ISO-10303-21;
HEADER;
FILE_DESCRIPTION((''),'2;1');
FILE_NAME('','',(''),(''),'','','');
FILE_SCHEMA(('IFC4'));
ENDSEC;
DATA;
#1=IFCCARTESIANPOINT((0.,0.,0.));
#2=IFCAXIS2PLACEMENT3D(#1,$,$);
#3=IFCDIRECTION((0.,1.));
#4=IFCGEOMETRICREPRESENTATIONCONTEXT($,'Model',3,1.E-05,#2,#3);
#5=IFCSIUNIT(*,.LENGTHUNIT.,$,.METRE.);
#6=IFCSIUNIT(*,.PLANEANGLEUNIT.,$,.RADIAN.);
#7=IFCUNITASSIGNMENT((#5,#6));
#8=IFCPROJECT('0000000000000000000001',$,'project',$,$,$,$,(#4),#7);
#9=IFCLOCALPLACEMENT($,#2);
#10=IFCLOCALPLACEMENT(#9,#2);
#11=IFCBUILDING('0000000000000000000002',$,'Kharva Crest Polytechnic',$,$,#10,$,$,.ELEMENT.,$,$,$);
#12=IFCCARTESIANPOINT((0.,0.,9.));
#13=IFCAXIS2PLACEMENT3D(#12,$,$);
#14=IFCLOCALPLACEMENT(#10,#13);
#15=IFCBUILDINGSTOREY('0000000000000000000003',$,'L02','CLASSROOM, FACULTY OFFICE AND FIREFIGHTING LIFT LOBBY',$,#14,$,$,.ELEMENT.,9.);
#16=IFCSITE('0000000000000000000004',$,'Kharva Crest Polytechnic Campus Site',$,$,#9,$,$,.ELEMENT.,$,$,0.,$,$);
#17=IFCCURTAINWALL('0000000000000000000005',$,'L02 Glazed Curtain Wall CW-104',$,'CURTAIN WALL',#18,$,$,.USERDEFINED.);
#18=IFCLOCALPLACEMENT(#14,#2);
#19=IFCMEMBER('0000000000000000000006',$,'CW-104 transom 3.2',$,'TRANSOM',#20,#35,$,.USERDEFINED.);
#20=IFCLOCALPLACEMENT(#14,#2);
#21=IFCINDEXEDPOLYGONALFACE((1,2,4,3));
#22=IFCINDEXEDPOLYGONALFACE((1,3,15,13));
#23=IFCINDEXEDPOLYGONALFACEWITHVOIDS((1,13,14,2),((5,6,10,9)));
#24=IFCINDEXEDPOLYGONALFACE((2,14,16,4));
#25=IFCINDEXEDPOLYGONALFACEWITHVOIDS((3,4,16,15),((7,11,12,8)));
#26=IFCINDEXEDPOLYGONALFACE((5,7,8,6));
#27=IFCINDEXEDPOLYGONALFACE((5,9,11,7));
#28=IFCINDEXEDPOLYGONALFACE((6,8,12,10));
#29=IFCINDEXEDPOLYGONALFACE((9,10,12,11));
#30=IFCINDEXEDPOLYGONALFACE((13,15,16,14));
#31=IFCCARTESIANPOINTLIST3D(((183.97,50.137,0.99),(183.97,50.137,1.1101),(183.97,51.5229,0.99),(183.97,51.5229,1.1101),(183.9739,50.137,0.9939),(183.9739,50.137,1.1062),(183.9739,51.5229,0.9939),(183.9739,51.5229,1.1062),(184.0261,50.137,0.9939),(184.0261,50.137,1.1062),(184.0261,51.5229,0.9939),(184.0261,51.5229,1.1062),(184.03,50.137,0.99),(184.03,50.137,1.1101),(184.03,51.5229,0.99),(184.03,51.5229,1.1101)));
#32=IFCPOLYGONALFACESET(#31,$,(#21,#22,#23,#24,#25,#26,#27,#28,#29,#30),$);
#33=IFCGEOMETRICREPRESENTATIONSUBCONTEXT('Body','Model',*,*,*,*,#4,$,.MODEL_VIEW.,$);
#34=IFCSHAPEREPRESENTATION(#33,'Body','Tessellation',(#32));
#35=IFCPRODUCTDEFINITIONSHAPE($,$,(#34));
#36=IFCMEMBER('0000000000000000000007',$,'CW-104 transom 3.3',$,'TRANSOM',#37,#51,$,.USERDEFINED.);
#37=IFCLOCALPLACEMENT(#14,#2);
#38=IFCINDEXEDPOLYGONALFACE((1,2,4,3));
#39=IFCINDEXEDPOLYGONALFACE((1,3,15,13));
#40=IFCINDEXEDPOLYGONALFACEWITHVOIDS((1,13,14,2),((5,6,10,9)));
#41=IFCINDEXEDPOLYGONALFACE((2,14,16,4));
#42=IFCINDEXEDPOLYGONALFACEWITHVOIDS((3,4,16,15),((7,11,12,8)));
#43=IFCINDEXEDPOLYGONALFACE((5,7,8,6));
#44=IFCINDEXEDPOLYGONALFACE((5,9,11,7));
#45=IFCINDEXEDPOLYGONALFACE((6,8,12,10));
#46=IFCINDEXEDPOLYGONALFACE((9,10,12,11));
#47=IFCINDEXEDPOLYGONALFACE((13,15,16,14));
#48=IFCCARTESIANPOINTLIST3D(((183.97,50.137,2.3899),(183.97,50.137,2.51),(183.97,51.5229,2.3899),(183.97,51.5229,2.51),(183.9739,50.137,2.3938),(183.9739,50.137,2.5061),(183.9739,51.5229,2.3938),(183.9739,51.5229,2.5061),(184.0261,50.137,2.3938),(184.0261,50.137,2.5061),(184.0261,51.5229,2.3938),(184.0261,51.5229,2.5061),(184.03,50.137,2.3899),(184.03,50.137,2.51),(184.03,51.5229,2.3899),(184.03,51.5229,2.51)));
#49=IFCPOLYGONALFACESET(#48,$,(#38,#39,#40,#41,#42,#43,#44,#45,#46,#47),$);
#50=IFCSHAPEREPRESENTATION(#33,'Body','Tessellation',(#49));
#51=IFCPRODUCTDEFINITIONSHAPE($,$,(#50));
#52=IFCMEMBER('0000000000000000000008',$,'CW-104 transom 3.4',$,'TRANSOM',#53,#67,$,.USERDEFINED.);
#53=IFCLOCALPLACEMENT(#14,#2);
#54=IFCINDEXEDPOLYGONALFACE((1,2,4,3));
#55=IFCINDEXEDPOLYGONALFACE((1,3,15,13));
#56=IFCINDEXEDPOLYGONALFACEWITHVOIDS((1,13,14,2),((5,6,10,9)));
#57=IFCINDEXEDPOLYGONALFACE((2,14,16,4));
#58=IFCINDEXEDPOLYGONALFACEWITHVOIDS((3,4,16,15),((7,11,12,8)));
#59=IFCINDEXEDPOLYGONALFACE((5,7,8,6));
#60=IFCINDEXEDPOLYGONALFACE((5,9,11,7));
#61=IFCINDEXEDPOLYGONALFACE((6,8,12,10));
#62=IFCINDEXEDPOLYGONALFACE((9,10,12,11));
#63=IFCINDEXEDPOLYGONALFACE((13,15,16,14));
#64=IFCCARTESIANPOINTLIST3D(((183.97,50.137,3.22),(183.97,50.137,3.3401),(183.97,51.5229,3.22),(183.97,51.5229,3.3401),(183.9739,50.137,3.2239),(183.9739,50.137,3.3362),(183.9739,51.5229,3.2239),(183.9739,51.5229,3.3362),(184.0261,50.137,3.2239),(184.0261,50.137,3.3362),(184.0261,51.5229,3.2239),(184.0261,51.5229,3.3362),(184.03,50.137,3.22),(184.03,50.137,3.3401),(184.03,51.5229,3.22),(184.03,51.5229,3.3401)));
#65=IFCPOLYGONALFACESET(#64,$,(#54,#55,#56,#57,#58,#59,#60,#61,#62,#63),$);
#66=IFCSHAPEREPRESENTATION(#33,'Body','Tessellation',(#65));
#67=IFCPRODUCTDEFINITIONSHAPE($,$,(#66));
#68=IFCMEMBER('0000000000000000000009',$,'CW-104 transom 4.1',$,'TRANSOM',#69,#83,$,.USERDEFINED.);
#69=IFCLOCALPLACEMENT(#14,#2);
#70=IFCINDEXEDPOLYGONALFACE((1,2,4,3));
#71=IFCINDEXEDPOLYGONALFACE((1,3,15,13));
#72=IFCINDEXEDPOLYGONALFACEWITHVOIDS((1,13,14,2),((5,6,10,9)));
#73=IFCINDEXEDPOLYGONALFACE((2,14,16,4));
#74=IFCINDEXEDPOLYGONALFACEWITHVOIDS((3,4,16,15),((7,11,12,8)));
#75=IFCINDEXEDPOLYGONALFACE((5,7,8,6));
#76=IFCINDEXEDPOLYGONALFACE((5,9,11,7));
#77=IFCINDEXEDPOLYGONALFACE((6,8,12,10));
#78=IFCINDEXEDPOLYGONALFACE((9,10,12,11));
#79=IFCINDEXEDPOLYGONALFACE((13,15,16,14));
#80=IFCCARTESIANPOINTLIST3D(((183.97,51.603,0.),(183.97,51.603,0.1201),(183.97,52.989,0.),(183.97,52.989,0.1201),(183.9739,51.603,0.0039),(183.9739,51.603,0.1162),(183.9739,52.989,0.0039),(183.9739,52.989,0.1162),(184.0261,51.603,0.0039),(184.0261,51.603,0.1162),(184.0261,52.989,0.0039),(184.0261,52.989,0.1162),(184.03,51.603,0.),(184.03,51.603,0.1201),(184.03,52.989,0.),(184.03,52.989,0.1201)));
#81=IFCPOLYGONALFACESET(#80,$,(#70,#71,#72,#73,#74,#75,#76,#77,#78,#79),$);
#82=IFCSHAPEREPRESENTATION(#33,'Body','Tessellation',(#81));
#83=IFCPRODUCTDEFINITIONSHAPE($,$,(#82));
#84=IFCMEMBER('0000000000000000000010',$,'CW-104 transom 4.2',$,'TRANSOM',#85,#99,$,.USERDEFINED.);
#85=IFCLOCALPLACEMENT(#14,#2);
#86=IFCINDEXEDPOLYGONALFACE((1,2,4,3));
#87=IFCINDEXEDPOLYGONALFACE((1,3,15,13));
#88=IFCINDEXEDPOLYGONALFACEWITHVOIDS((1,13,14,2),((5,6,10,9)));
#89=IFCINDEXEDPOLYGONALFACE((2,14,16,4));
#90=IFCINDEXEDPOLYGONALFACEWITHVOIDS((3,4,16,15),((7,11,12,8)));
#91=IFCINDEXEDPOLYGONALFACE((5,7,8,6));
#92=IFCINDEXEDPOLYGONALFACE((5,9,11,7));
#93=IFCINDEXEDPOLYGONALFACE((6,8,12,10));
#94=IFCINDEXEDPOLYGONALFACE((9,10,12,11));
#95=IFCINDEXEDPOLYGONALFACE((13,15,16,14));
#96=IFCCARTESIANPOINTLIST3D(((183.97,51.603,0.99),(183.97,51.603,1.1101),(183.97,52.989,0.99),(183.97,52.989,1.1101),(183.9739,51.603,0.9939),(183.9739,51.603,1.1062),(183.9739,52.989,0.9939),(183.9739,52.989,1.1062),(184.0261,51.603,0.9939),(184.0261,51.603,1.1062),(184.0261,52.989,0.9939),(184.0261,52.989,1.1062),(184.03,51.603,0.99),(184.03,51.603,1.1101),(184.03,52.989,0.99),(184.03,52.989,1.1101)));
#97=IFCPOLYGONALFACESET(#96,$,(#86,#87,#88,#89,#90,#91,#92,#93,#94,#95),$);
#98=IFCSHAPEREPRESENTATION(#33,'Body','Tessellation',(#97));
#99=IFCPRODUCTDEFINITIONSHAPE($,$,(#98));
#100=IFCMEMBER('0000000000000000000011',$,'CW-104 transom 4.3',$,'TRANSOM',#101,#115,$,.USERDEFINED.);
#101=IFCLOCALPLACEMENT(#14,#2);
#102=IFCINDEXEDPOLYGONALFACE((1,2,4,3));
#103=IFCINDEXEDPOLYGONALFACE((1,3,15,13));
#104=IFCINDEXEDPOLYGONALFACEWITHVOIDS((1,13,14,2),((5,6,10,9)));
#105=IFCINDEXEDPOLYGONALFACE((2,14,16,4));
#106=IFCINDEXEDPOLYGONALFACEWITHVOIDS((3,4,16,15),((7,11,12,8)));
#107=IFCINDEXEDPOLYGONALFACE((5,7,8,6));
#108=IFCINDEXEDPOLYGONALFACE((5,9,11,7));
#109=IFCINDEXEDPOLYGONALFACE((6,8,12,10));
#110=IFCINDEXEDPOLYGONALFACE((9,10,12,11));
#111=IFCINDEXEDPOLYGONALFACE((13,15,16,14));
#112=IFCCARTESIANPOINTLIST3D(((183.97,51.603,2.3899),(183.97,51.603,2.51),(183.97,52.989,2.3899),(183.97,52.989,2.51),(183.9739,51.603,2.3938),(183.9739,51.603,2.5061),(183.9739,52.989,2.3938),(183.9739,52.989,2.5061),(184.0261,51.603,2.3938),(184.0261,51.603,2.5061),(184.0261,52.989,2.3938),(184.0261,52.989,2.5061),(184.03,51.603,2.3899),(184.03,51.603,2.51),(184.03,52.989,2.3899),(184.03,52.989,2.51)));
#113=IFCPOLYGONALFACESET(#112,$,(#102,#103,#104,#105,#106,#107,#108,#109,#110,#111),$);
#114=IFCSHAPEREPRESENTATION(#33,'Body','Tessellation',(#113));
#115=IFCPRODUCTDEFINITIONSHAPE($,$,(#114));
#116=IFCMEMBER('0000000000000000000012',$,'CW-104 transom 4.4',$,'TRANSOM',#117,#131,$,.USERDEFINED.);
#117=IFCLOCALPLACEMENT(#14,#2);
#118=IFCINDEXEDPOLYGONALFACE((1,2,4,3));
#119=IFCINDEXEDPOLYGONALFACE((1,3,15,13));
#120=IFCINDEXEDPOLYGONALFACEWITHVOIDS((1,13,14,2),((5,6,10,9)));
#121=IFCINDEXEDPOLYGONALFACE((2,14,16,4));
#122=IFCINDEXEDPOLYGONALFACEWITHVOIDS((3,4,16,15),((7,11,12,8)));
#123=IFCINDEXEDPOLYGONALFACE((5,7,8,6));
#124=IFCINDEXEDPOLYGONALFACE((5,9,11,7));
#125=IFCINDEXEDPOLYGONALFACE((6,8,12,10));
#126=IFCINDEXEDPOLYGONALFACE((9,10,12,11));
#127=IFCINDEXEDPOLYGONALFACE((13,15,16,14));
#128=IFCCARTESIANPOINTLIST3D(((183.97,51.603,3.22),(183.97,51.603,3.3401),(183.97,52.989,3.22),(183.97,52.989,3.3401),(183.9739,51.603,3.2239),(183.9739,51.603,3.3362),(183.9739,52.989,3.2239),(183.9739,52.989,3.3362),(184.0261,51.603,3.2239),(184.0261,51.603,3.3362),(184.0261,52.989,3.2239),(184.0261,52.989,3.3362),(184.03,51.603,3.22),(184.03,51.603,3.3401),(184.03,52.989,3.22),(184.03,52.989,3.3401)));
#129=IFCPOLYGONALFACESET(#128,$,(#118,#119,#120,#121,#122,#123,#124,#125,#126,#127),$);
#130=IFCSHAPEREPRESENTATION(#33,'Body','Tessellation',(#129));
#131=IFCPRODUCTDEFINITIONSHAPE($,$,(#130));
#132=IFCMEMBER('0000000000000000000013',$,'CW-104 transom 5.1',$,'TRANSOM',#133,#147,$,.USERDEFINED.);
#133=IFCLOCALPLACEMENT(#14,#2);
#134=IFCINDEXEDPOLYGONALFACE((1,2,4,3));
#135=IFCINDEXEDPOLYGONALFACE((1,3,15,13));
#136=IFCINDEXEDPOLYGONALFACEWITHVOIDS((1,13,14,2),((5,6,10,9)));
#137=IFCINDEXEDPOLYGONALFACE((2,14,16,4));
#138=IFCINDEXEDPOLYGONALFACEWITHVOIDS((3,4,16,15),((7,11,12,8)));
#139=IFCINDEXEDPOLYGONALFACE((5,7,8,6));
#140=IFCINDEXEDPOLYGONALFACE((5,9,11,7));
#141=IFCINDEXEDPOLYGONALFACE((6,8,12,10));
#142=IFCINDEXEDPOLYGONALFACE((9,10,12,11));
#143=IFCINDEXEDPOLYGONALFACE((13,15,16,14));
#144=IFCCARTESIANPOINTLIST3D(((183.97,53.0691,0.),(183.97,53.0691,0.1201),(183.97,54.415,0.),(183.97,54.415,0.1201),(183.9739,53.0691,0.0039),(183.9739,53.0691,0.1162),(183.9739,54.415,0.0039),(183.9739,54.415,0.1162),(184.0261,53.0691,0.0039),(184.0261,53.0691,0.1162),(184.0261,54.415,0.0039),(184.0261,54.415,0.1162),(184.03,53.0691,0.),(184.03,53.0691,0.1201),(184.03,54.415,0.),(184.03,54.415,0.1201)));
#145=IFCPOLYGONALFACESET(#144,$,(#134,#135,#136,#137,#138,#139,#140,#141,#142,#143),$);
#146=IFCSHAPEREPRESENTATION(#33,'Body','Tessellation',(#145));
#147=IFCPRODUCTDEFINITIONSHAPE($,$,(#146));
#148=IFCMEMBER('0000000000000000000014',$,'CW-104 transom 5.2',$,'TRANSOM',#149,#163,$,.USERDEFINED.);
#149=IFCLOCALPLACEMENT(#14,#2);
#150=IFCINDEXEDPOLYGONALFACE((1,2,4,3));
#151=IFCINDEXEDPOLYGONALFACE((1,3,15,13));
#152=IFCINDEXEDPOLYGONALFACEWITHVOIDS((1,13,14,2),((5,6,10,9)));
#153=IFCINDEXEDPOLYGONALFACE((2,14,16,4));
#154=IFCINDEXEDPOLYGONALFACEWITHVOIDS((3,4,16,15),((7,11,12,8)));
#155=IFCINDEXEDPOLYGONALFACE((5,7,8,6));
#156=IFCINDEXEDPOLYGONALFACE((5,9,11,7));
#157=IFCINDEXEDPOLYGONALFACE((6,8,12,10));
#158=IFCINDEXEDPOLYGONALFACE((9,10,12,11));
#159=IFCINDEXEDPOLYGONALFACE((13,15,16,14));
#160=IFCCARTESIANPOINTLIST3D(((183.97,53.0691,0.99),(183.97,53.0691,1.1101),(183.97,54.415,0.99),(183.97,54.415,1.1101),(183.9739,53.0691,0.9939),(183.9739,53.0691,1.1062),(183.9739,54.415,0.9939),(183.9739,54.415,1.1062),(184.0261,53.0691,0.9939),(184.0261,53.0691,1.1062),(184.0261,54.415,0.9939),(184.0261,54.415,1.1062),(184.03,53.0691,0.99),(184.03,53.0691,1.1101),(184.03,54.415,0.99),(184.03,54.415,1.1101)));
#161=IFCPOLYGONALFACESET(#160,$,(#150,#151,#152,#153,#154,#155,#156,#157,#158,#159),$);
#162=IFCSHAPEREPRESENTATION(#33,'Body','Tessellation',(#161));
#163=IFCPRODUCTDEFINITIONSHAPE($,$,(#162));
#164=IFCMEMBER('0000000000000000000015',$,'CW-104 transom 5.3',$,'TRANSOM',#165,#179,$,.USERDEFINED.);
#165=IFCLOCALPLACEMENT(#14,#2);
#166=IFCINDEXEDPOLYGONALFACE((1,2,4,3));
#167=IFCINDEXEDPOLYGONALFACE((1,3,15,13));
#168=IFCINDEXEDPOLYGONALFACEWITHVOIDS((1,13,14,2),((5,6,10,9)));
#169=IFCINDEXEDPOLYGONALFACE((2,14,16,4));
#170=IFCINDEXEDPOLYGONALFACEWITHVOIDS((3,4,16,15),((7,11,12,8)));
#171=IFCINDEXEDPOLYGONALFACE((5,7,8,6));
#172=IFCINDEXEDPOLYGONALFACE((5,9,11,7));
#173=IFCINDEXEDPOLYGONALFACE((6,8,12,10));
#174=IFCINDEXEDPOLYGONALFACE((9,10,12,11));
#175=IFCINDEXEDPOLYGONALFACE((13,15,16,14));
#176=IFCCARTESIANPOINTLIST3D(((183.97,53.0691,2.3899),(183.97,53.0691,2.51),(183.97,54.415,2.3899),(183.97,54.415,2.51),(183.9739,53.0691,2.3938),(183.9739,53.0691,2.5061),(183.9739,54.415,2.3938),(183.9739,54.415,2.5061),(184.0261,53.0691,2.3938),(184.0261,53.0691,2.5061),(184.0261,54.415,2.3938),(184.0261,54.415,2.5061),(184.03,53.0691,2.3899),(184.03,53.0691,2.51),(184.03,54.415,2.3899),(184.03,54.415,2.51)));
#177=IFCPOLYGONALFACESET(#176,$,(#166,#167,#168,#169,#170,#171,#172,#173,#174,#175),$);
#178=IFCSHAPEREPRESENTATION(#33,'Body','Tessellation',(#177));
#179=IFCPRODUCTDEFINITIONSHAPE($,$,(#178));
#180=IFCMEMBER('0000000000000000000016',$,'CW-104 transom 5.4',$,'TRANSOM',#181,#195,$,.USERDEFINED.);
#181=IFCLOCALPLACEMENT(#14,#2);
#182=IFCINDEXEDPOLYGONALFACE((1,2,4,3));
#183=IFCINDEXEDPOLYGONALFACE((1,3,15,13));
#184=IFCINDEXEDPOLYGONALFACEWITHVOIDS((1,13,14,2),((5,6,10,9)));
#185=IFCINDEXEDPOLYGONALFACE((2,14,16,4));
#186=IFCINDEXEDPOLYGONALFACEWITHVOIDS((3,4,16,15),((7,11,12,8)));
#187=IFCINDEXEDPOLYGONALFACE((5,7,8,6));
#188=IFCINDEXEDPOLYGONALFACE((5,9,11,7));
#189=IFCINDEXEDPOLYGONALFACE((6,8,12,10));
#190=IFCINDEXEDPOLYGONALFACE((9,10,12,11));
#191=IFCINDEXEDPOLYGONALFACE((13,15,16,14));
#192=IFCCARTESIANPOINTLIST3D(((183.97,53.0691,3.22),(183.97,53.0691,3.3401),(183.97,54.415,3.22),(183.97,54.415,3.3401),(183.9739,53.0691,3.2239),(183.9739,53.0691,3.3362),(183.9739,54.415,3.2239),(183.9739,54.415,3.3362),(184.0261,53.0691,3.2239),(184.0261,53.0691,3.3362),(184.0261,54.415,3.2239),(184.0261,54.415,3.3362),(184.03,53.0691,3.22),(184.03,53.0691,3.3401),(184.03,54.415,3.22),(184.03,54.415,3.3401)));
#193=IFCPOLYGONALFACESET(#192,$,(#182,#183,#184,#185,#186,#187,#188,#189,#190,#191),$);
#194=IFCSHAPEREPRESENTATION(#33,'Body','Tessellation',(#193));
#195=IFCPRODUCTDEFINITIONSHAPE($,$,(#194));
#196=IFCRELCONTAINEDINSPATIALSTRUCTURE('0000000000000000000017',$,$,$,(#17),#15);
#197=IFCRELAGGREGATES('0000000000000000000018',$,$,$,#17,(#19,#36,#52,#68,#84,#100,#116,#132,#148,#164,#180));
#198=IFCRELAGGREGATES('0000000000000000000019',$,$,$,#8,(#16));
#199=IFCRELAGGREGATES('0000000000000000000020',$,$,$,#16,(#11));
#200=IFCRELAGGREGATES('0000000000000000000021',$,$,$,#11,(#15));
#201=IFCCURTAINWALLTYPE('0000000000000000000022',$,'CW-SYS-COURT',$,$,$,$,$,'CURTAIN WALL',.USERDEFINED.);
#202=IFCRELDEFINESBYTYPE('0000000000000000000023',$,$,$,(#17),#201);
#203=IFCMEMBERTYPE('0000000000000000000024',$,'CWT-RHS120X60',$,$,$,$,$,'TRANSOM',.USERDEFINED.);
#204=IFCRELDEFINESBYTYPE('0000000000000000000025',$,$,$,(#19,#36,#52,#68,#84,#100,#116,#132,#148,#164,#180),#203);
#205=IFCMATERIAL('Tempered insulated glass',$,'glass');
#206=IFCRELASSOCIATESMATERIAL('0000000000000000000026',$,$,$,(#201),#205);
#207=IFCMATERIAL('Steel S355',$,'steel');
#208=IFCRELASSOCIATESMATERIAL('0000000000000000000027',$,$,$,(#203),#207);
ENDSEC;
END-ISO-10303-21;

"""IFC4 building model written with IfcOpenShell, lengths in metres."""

from ifc_helpers import new_model, si_unit, direction, frame, origin, origin_2d, place, context, subcontext, project, spatial, hollow_rectangle, extrude, material, material_profile, profile_set, type_object, element, aggregate, save


model = new_model("IFC4")

# Units and contexts
model_context = context("Model", 3, precision=1e-05, world=origin(), true_north=direction((0.0, 1.0)))
body_context = subcontext(model_context, "Body", "Model", "MODEL_VIEW")
ifc_project = project(units=[si_unit("LENGTHUNIT", "METRE"), si_unit("PLANEANGLEUNIT", "RADIAN")], contexts=[model_context])

# Site, building, storey
site_placement = place(None, origin())
site = spatial("IfcSite", under=ifc_project, at=site_placement, Name="Kharva Crest Polytechnic Campus Site", CompositionType="ELEMENT", RefElevation=0.0)
building_placement = place(site_placement, origin())
building = spatial("IfcBuilding", under=site, at=building_placement, Name="Kharva Crest Polytechnic", CompositionType="ELEMENT")
storey_placement = place(building_placement, frame((0.0, 0.0, 9.0)))
storey = spatial("IfcBuildingStorey", under=building, at=storey_placement, Name="L02", Description="CLASSROOM, FACULTY OFFICE AND FIREFIGHTING LIFT LOBBY", CompositionType="ELEMENT", Elevation=9.0)

# Curtain wall, members
ifc_material_1 = material(Name="Tempered insulated glass", Category="glass")
curtain_wall_type = type_object("IfcCurtainWallType", Name="CW-SYS-COURT", ElementType="CURTAIN WALL", PredefinedType="USERDEFINED", material=ifc_material_1)
curtain_wall_placement = place(storey_placement, origin())
curtain_wall = element("IfcCurtainWall", 1, at=curtain_wall_placement, inside=storey, type_object=curtain_wall_type, Name="L02 Glazed Curtain Wall CW-104", ObjectType="CURTAIN WALL", PredefinedType="USERDEFINED")
ifc_material_2 = material(Name="Steel S355", Category="steel")
ifc_material_profile_1 = material_profile(ifc_material_2, hollow_rectangle(XDim=0.0601, YDim=0.1201, WallThickness=0.0039, at=origin_2d()), Name="RHS 120X60X4.0")
ifc_profile_set_1 = profile_set([ifc_material_profile_1], Name="Steel S355")
member_type_1 = type_object("IfcMemberType", Name="CWT-RHS120X60", ElementType="TRANSOM", PredefinedType="USERDEFINED", material=ifc_profile_set_1)
member_1_placement = place(storey_placement, frame((184.0, 50.137, 1.05), z_axis=(0.0, 1.0, 0.0), x_axis=(-1.0, 0.0, 0.0)))
member_1 = element("IfcMember", 2, at=member_1_placement, type_object=member_type_1, Name="CW-104 transom 3.2", ObjectType="TRANSOM", PredefinedType="USERDEFINED", context=body_context, shape_type="SweptSolid", body=[
    extrude(hollow_rectangle(XDim=0.0601, YDim=0.1201, WallThickness=0.0039, at=origin_2d()), origin(), (0.0, 0.0, 1.0), 1.386),
])
member_2_placement = place(storey_placement, frame((184.0, 50.137, 2.45), z_axis=(0.0, 1.0, 0.0), x_axis=(-1.0, 0.0, 0.0)))
member_2 = element("IfcMember", 3, at=member_2_placement, type_object=member_type_1, Name="CW-104 transom 3.3", ObjectType="TRANSOM", PredefinedType="USERDEFINED", context=body_context, shape_type="SweptSolid", body=[
    extrude(hollow_rectangle(XDim=0.0601, YDim=0.1201, WallThickness=0.0039, at=origin_2d()), origin(), (0.0, 0.0, 1.0), 1.386),
])
member_3_placement = place(storey_placement, frame((184.0, 50.137, 3.28), z_axis=(0.0, 1.0, 0.0), x_axis=(-1.0, 0.0, 0.0)))
member_3 = element("IfcMember", 4, at=member_3_placement, type_object=member_type_1, Name="CW-104 transom 3.4", ObjectType="TRANSOM", PredefinedType="USERDEFINED", context=body_context, shape_type="SweptSolid", body=[
    extrude(hollow_rectangle(XDim=0.0601, YDim=0.1201, WallThickness=0.0039, at=origin_2d()), origin(), (0.0, 0.0, 1.0), 1.386),
])
member_4_placement = place(storey_placement, frame((184.0, 51.603, 0.0601), z_axis=(0.0, 1.0, 0.0), x_axis=(-1.0, 0.0, 0.0)))
member_4 = element("IfcMember", 5, at=member_4_placement, type_object=member_type_1, Name="CW-104 transom 4.1", ObjectType="TRANSOM", PredefinedType="USERDEFINED", context=body_context, shape_type="SweptSolid", body=[
    extrude(hollow_rectangle(XDim=0.0601, YDim=0.1201, WallThickness=0.0039, at=origin_2d()), origin(), (0.0, 0.0, 1.0), 1.386),
])
member_5_placement = place(storey_placement, frame((184.0, 51.603, 1.05), z_axis=(0.0, 1.0, 0.0), x_axis=(-1.0, 0.0, 0.0)))
member_5 = element("IfcMember", 6, at=member_5_placement, type_object=member_type_1, Name="CW-104 transom 4.2", ObjectType="TRANSOM", PredefinedType="USERDEFINED", context=body_context, shape_type="SweptSolid", body=[
    extrude(hollow_rectangle(XDim=0.0601, YDim=0.1201, WallThickness=0.0039, at=origin_2d()), origin(), (0.0, 0.0, 1.0), 1.386),
])
member_6_placement = place(storey_placement, frame((184.0, 51.603, 2.45), z_axis=(0.0, 1.0, 0.0), x_axis=(-1.0, 0.0, 0.0)))
member_6 = element("IfcMember", 7, at=member_6_placement, type_object=member_type_1, Name="CW-104 transom 4.3", ObjectType="TRANSOM", PredefinedType="USERDEFINED", context=body_context, shape_type="SweptSolid", body=[
    extrude(hollow_rectangle(XDim=0.0601, YDim=0.1201, WallThickness=0.0039, at=origin_2d()), origin(), (0.0, 0.0, 1.0), 1.386),
])
member_7_placement = place(storey_placement, frame((184.0, 51.603, 3.28), z_axis=(0.0, 1.0, 0.0), x_axis=(-1.0, 0.0, 0.0)))
member_7 = element("IfcMember", 8, at=member_7_placement, type_object=member_type_1, Name="CW-104 transom 4.4", ObjectType="TRANSOM", PredefinedType="USERDEFINED", context=body_context, shape_type="SweptSolid", body=[
    extrude(hollow_rectangle(XDim=0.0601, YDim=0.1201, WallThickness=0.0039, at=origin_2d()), origin(), (0.0, 0.0, 1.0), 1.386),
])
member_8_placement = place(storey_placement, frame((184.0, 53.0691, 0.0601), z_axis=(0.0, 1.0, 0.0), x_axis=(-1.0, 0.0, 0.0)))
member_8 = element("IfcMember", 9, at=member_8_placement, type_object=member_type_1, Name="CW-104 transom 5.1", ObjectType="TRANSOM", PredefinedType="USERDEFINED", context=body_context, shape_type="SweptSolid", body=[
    extrude(hollow_rectangle(XDim=0.0601, YDim=0.1201, WallThickness=0.0039, at=origin_2d()), origin(), (0.0, 0.0, 1.0), 1.3459),
])
member_9_placement = place(storey_placement, frame((184.0, 53.0691, 1.05), z_axis=(0.0, 1.0, 0.0), x_axis=(-1.0, 0.0, 0.0)))
member_9 = element("IfcMember", 10, at=member_9_placement, type_object=member_type_1, Name="CW-104 transom 5.2", ObjectType="TRANSOM", PredefinedType="USERDEFINED", context=body_context, shape_type="SweptSolid", body=[
    extrude(hollow_rectangle(XDim=0.0601, YDim=0.1201, WallThickness=0.0039, at=origin_2d()), origin(), (0.0, 0.0, 1.0), 1.3459),
])
member_10_placement = place(storey_placement, frame((184.0, 53.0691, 2.45), z_axis=(0.0, 1.0, 0.0), x_axis=(-1.0, 0.0, 0.0)))
member_10 = element("IfcMember", 11, at=member_10_placement, type_object=member_type_1, Name="CW-104 transom 5.3", ObjectType="TRANSOM", PredefinedType="USERDEFINED", context=body_context, shape_type="SweptSolid", body=[
    extrude(hollow_rectangle(XDim=0.0601, YDim=0.1201, WallThickness=0.0039, at=origin_2d()), origin(), (0.0, 0.0, 1.0), 1.3459),
])
member_11_placement = place(storey_placement, frame((184.0, 53.0691, 3.28), z_axis=(0.0, 1.0, 0.0), x_axis=(-1.0, 0.0, 0.0)))
member_11 = element("IfcMember", 12, at=member_11_placement, type_object=member_type_1, Name="CW-104 transom 5.4", ObjectType="TRANSOM", PredefinedType="USERDEFINED", context=body_context, shape_type="SweptSolid", body=[
    extrude(hollow_rectangle(XDim=0.0601, YDim=0.1201, WallThickness=0.0039, at=origin_2d()), origin(), (0.0, 0.0, 1.0), 1.3459),
])

aggregate(curtain_wall, [member_1, member_2, member_3, member_4, member_5, member_6, member_7, member_8, member_9, member_10, member_11])

save(model, "model.ifc")
